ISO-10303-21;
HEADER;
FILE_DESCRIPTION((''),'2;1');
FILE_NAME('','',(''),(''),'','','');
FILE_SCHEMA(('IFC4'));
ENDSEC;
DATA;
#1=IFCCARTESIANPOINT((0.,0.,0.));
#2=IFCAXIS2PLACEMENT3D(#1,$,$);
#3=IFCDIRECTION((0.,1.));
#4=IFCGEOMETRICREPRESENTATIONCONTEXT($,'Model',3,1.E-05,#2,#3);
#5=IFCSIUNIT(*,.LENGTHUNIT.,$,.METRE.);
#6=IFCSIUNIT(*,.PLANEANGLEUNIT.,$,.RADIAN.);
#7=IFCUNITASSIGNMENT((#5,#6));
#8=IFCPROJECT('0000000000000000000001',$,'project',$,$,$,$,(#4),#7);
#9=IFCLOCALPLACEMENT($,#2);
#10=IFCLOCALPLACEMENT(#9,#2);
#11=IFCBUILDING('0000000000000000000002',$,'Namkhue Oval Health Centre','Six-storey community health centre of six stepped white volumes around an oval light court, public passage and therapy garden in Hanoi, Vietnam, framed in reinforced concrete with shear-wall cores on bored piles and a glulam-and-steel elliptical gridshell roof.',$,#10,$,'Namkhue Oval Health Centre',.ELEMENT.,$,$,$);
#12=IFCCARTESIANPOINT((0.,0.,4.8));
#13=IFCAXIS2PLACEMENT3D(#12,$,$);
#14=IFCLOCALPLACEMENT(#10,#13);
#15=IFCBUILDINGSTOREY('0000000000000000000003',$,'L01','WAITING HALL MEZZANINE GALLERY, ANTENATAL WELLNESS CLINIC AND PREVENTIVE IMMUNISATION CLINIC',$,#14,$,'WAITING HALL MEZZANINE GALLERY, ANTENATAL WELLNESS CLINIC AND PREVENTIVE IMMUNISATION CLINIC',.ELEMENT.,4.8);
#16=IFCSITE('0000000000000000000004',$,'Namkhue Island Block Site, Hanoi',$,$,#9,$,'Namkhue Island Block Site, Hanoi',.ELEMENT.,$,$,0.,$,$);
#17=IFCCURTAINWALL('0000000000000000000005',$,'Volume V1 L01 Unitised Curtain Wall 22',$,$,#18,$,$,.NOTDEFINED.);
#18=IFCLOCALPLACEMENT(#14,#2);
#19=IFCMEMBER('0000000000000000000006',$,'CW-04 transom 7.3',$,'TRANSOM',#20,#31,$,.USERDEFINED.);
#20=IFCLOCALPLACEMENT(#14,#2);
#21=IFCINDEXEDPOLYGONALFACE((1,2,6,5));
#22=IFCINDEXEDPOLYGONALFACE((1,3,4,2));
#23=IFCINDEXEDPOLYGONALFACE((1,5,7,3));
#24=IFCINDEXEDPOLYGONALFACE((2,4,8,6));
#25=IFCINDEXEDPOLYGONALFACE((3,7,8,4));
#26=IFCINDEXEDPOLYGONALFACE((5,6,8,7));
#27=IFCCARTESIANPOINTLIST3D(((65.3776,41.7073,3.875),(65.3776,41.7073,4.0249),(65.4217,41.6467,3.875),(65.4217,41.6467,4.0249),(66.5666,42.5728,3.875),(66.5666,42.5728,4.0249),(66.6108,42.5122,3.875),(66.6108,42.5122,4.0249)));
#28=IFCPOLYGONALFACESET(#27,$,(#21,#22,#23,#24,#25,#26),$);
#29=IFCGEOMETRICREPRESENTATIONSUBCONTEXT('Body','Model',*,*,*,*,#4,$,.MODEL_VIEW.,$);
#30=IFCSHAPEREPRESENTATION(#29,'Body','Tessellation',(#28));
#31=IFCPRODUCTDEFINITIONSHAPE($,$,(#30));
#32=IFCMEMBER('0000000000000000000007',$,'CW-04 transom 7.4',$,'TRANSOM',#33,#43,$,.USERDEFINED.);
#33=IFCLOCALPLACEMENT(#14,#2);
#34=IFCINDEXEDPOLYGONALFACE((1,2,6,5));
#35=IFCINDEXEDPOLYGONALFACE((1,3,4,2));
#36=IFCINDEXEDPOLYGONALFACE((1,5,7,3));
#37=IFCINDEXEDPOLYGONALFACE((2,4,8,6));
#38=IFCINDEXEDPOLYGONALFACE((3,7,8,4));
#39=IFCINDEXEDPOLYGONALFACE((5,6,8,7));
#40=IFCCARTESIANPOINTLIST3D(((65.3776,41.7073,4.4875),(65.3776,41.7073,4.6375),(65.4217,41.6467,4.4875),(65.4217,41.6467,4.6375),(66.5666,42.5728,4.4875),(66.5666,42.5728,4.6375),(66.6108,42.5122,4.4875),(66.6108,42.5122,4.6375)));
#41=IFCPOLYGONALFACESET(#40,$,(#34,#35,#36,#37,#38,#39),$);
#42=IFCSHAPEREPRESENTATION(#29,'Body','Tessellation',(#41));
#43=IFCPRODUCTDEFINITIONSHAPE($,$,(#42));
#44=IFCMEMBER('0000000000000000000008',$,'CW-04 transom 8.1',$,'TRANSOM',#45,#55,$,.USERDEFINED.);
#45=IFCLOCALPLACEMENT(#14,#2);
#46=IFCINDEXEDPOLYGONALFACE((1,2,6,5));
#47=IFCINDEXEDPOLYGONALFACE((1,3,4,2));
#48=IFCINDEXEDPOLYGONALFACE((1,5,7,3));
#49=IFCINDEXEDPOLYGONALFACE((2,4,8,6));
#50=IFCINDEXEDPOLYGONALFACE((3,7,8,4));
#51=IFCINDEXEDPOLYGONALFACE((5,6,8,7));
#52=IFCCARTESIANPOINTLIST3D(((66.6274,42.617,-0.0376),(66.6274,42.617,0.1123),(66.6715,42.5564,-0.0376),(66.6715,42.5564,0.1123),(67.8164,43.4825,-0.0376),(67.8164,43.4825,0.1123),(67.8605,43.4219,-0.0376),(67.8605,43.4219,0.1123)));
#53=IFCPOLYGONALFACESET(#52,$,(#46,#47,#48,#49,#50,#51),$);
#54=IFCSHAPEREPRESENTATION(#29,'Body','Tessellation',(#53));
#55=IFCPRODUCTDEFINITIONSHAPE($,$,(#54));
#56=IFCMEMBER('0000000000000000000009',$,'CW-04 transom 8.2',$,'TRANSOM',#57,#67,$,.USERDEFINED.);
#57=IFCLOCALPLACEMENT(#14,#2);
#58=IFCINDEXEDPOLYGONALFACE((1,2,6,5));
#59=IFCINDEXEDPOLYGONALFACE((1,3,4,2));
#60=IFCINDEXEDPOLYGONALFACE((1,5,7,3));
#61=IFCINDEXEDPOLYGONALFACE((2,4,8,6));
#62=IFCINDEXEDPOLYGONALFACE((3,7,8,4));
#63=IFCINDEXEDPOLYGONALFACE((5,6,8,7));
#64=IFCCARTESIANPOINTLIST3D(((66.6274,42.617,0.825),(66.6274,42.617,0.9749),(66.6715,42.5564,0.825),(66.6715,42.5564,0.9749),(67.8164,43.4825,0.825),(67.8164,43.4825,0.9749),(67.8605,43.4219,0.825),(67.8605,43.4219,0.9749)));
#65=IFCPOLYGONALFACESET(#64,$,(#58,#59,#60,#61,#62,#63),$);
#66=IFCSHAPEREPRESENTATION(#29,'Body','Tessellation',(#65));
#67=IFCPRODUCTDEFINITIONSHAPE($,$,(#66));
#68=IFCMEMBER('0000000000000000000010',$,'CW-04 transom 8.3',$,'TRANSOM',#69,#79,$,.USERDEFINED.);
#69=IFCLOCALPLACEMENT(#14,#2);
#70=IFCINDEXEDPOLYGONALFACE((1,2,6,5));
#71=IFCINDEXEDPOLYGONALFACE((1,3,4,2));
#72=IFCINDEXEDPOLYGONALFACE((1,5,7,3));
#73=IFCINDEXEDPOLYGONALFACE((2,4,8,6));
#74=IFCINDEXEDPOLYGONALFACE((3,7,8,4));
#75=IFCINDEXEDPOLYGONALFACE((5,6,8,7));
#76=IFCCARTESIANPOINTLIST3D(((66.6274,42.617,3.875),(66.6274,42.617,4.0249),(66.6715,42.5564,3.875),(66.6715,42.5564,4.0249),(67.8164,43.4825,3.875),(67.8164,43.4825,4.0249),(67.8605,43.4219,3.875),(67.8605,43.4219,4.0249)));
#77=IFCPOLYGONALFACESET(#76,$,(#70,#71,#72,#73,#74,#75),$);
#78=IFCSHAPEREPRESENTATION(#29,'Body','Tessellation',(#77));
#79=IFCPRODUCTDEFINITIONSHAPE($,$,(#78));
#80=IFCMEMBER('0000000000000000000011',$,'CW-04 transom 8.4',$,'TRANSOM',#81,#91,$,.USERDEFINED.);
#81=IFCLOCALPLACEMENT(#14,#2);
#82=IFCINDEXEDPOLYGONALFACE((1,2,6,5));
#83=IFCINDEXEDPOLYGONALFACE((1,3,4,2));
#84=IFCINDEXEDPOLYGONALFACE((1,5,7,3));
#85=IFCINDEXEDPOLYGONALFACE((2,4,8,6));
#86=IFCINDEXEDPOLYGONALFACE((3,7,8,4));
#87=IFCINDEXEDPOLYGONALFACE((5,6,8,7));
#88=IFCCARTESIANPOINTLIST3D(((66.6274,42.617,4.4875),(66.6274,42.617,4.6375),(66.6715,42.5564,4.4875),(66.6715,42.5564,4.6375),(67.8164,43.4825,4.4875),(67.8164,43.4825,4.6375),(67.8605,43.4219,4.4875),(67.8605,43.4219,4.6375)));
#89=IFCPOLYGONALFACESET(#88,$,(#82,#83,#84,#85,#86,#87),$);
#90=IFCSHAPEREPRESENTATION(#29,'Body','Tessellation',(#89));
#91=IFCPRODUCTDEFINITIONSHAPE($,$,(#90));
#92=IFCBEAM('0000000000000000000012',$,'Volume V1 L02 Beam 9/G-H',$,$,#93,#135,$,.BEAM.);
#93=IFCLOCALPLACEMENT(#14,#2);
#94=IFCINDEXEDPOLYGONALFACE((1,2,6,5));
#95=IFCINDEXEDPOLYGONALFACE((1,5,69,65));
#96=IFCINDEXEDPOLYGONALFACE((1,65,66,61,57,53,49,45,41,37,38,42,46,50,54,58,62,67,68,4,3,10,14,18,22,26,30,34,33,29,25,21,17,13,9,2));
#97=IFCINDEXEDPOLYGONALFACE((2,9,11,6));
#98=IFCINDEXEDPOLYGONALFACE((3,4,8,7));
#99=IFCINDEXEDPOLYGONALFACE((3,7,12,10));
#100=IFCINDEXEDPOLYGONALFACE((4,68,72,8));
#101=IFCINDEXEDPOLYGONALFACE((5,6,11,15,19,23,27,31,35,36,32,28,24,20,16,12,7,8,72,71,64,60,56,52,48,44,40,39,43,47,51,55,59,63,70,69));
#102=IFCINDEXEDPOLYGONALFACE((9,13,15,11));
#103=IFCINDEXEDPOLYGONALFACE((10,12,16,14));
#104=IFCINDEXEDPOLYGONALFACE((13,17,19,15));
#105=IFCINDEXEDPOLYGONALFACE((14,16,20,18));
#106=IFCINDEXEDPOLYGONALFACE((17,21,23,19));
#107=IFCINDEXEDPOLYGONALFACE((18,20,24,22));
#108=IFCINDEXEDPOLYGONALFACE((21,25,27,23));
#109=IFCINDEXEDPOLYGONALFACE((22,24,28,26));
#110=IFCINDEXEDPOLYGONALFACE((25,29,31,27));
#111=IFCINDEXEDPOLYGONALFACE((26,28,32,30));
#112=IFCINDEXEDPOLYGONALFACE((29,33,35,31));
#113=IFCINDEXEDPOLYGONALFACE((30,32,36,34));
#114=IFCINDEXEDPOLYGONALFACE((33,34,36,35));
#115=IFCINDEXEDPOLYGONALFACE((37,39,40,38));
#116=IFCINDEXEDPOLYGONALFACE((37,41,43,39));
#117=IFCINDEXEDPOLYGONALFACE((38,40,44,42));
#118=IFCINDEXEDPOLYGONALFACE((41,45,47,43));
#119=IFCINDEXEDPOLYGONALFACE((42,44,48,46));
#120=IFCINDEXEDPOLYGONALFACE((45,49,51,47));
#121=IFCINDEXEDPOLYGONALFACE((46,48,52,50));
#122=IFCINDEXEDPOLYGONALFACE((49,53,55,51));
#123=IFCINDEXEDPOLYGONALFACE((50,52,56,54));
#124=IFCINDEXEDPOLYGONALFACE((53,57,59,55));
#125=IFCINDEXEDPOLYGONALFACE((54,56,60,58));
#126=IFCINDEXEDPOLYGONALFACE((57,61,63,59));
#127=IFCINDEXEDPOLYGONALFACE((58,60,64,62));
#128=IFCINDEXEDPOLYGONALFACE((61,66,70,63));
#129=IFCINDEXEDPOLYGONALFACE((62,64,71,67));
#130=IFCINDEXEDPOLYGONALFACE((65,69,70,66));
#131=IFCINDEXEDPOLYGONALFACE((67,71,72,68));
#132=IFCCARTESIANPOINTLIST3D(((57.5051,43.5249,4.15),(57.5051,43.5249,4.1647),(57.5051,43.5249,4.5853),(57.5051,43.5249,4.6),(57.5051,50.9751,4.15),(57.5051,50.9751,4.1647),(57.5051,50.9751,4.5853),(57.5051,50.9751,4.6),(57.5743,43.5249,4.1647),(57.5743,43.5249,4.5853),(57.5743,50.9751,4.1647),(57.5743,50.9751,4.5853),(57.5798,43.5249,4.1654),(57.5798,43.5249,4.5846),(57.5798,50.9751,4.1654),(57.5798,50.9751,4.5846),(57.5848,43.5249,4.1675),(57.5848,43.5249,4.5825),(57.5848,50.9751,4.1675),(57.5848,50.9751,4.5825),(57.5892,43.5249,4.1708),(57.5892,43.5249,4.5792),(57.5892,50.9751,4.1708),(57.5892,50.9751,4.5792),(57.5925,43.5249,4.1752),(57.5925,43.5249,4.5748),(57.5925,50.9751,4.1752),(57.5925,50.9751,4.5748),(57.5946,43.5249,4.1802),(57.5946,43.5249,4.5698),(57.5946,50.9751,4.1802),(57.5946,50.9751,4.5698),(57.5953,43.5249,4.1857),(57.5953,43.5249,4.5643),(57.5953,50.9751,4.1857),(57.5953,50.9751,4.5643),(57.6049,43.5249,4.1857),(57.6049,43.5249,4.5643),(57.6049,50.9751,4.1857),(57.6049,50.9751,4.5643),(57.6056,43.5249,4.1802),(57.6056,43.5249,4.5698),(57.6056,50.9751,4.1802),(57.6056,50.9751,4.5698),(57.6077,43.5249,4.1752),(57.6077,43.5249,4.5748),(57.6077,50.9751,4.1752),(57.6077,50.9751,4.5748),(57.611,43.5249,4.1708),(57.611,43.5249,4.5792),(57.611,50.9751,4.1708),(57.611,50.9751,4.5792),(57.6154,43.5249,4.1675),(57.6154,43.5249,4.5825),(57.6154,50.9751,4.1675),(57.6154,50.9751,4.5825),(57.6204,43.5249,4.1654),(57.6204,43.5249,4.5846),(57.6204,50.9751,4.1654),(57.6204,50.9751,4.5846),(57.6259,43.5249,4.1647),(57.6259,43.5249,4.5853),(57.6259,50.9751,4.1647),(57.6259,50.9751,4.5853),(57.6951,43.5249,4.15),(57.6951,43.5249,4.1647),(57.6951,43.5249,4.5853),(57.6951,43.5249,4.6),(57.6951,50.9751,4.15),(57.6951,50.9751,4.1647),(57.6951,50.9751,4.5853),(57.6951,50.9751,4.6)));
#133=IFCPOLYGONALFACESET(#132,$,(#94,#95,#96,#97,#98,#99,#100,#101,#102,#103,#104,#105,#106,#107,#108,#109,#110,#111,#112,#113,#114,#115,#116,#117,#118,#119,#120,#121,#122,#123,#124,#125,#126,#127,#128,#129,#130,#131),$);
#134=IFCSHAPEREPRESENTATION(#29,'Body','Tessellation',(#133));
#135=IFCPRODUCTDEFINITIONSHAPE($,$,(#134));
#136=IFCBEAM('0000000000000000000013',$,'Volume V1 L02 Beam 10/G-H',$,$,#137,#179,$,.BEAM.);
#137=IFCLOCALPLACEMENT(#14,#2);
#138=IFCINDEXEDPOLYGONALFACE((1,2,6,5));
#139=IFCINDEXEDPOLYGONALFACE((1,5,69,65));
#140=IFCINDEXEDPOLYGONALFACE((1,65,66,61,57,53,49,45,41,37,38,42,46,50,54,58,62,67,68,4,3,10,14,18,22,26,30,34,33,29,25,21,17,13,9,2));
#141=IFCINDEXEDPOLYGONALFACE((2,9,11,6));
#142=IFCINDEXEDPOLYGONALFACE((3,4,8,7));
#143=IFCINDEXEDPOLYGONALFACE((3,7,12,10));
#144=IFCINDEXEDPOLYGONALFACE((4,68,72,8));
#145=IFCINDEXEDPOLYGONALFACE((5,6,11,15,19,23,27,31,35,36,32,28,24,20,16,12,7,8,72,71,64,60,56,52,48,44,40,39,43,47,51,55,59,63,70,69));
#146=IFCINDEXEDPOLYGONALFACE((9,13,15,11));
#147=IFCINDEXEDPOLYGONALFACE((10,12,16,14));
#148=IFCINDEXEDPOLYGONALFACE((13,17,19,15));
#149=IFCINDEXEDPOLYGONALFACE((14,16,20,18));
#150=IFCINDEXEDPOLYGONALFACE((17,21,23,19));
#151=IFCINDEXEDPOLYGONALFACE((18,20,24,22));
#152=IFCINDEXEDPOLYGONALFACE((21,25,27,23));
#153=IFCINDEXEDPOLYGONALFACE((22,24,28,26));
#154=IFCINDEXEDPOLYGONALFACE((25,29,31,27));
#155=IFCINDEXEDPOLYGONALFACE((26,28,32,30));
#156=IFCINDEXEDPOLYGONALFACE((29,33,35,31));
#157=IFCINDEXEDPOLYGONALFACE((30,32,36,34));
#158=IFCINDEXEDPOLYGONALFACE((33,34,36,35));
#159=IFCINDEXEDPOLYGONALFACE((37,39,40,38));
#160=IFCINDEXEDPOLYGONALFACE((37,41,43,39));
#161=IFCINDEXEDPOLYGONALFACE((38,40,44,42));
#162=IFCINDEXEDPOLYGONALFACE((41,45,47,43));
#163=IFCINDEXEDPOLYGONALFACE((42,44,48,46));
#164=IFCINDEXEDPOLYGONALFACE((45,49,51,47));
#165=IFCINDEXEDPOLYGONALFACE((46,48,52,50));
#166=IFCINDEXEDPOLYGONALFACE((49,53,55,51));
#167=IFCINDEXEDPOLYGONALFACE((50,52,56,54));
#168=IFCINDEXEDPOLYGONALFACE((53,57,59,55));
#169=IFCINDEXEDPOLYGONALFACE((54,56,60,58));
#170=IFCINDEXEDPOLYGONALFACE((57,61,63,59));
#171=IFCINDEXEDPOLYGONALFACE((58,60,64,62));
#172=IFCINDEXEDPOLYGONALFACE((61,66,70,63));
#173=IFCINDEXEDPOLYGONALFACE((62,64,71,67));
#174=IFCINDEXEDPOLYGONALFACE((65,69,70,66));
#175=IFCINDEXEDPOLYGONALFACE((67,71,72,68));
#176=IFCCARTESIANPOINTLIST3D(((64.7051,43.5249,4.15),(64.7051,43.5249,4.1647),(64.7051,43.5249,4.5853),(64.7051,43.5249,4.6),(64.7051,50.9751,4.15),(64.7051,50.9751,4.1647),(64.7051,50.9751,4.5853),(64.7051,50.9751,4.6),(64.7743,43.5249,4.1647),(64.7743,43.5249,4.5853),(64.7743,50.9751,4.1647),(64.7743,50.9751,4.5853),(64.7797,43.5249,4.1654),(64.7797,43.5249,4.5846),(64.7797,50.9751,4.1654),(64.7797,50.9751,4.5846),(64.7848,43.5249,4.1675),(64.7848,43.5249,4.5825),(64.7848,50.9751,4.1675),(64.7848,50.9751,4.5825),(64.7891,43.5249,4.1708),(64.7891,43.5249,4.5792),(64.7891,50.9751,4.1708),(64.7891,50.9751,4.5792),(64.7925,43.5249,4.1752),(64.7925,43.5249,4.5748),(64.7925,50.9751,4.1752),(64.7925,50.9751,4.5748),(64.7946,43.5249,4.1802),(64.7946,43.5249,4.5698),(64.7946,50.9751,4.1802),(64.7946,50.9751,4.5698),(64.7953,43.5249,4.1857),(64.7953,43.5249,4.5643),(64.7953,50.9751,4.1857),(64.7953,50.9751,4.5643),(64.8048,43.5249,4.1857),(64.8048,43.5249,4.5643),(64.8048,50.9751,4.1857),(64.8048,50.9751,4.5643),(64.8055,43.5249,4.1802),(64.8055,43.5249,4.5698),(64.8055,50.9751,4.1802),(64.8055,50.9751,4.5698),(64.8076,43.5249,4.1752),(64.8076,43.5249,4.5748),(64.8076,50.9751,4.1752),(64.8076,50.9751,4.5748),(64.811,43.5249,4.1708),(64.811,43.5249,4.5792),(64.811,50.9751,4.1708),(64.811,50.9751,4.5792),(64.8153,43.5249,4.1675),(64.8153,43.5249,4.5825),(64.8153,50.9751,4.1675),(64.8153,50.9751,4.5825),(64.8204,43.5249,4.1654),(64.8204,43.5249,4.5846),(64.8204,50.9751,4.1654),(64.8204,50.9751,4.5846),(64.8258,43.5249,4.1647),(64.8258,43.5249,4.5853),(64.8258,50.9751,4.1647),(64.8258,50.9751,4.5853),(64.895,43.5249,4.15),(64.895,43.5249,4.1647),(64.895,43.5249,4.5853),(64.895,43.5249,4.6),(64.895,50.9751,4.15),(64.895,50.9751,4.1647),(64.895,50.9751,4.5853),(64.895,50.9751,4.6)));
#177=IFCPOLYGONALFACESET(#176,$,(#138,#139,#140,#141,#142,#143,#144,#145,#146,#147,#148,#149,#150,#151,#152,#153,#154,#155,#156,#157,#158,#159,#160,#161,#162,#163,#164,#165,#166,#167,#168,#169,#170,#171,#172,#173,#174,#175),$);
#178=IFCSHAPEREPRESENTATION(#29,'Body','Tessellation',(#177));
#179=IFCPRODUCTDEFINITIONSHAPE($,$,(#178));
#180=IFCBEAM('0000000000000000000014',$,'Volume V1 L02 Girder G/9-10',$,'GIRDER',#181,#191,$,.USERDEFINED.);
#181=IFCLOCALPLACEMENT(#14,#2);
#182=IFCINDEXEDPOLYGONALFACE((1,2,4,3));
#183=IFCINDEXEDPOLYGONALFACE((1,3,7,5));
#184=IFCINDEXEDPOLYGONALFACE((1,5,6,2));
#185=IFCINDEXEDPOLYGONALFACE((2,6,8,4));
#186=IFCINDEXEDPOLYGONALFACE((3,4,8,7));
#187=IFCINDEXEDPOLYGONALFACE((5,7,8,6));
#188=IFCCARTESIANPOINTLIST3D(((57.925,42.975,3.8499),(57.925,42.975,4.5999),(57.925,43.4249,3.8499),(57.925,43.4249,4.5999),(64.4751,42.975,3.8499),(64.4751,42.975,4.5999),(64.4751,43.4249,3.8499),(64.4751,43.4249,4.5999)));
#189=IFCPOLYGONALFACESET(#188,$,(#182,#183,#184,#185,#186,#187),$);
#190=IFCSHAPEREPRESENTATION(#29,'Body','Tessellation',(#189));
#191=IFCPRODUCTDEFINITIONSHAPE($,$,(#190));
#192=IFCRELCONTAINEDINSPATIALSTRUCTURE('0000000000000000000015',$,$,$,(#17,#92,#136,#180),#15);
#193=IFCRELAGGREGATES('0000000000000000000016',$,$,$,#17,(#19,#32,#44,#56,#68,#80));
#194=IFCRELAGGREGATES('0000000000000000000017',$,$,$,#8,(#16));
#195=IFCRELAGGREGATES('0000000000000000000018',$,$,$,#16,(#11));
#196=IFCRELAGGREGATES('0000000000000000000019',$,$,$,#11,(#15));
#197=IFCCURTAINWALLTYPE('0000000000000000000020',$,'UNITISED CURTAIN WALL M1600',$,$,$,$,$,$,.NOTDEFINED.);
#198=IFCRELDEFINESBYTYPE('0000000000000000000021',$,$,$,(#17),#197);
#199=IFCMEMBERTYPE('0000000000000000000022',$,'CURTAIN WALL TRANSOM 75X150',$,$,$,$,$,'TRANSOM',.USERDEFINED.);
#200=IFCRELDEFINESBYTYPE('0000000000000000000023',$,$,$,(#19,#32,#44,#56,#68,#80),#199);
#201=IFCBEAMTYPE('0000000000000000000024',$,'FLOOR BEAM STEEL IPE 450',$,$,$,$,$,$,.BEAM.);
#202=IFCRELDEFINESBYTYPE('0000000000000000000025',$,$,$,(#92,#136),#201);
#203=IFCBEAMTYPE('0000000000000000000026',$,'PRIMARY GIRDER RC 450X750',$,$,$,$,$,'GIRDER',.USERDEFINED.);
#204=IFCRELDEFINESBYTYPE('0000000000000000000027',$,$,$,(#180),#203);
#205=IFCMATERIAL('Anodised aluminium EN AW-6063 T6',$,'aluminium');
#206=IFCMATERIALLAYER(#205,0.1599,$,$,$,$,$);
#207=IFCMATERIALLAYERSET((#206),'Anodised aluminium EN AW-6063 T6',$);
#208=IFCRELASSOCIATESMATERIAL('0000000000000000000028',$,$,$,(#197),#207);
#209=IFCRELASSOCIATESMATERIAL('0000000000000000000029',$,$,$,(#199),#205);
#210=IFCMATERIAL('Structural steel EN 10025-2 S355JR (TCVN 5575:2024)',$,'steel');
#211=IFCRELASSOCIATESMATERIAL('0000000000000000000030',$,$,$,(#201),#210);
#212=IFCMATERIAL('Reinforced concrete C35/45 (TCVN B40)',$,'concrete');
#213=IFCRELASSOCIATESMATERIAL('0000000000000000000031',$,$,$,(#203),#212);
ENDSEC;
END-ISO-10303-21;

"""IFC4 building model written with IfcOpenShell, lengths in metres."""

from ifc_helpers import new_model, si_unit, direction, frame, origin, origin_2d, place, context, subcontext, project, spatial, rectangle, i_section, extrude, material, layer, layer_set, material_profile, profile_set, type_object, element, aggregate, save


model = new_model("IFC4")

# Units and contexts
model_context = context("Model", 3, precision=1e-05, world=origin(), true_north=direction((0.0, 1.0)))
body_context = subcontext(model_context, "Body", "Model", "MODEL_VIEW")
ifc_project = project(units=[si_unit("LENGTHUNIT", "METRE"), si_unit("PLANEANGLEUNIT", "RADIAN")], contexts=[model_context])

# Site, building, storey
site_placement = place(None, origin())
site = spatial("IfcSite", under=ifc_project, at=site_placement, Name="Namkhue Island Block Site, Hanoi", LongName="Namkhue Island Block Site, Hanoi", CompositionType="ELEMENT", RefElevation=0.0)
building_placement = place(site_placement, origin())
building = spatial("IfcBuilding", under=site, at=building_placement, Name="Namkhue Oval Health Centre", Description="Six-storey community health centre of six stepped white volumes around an oval light court, public passage and therapy garden in Hanoi, Vietnam, framed in reinforced concrete with shear-wall cores on bored piles and a glulam-and-steel elliptical gridshell roof.", LongName="Namkhue Oval Health Centre", CompositionType="ELEMENT")
storey_placement = place(building_placement, frame((0.0, 0.0, 4.8)))
storey = spatial("IfcBuildingStorey", under=building, at=storey_placement, Name="L01", Description="WAITING HALL MEZZANINE GALLERY, ANTENATAL WELLNESS CLINIC AND PREVENTIVE IMMUNISATION CLINIC", LongName="WAITING HALL MEZZANINE GALLERY, ANTENATAL WELLNESS CLINIC AND PREVENTIVE IMMUNISATION CLINIC", CompositionType="ELEMENT", Elevation=4.8)

# Shared definitions
ifc_material_1 = material(Name="Reinforced concrete C35/45 (TCVN B40)", Category="concrete")

# Curtain wall, members
ifc_material_2 = material(Name="Anodised aluminium EN AW-6063 T6", Category="aluminium")
ifc_layer_1 = layer(ifc_material_2, 0.1599)
ifc_layer_set_1 = layer_set([ifc_layer_1], Name="Anodised aluminium EN AW-6063 T6")
curtain_wall_type = type_object("IfcCurtainWallType", Name="UNITISED CURTAIN WALL M1600", PredefinedType="NOTDEFINED", material=ifc_layer_set_1)
curtain_wall_placement = place(storey_placement, origin())
curtain_wall = element("IfcCurtainWall", 1, at=curtain_wall_placement, inside=storey, type_object=curtain_wall_type, Name="Volume V1 L01 Unitised Curtain Wall 22", PredefinedType="NOTDEFINED")
ifc_material_profile_1 = material_profile(ifc_material_2, rectangle(XDim=0.075, YDim=0.1499, at=origin_2d()), Name="ALU 75x150")
ifc_profile_set_1 = profile_set([ifc_material_profile_1], Name="Anodised aluminium EN AW-6063 T6")
member_type_1 = type_object("IfcMemberType", Name="CURTAIN WALL TRANSOM 75X150", ElementType="TRANSOM", PredefinedType="USERDEFINED", material=ifc_profile_set_1)
member_1_placement = place(storey_placement, frame((65.3997, 41.677, 3.95), z_axis=(0.808485, 0.588517, 0.0), x_axis=(-0.588517, 0.808485, 0.0)))
member_1 = element("IfcMember", 2, at=member_1_placement, type_object=member_type_1, Name="CW-04 transom 7.3", ObjectType="TRANSOM", PredefinedType="USERDEFINED", context=body_context, shape_type="SweptSolid", body=[
    extrude(rectangle(XDim=0.075, YDim=0.1499, at=origin_2d()), origin(), (0.0, 0.0, 1.0), 1.4707),
])
member_2_placement = place(storey_placement, frame((65.3997, 41.677, 4.5625), z_axis=(0.808485, 0.588517, 0.0), x_axis=(-0.588517, 0.808485, 0.0)))
member_2 = element("IfcMember", 3, at=member_2_placement, type_object=member_type_1, Name="CW-04 transom 7.4", ObjectType="TRANSOM", PredefinedType="USERDEFINED", context=body_context, shape_type="SweptSolid", body=[
    extrude(rectangle(XDim=0.075, YDim=0.1499, at=origin_2d()), origin(), (0.0, 0.0, 1.0), 1.4707),
])
member_3_placement = place(storey_placement, frame((66.6494, 42.5867, 0.0374), z_axis=(0.808485, 0.588517, 0.0), x_axis=(-0.588517, 0.808485, 0.0)))
member_3 = element("IfcMember", 4, at=member_3_placement, type_object=member_type_1, Name="CW-04 transom 8.1", ObjectType="TRANSOM", PredefinedType="USERDEFINED", context=body_context, shape_type="SweptSolid", body=[
    extrude(rectangle(XDim=0.075, YDim=0.1499, at=origin_2d()), origin(), (0.0, 0.0, 1.0), 1.4707),
])
member_4_placement = place(storey_placement, frame((66.6494, 42.5867, 0.8999), z_axis=(0.808485, 0.588517, 0.0), x_axis=(-0.588517, 0.808485, 0.0)))
member_4 = element("IfcMember", 5, at=member_4_placement, type_object=member_type_1, Name="CW-04 transom 8.2", ObjectType="TRANSOM", PredefinedType="USERDEFINED", context=body_context, shape_type="SweptSolid", body=[
    extrude(rectangle(XDim=0.075, YDim=0.1499, at=origin_2d()), origin(), (0.0, 0.0, 1.0), 1.4707),
])
member_5_placement = place(storey_placement, frame((66.6494, 42.5867, 3.95), z_axis=(0.808485, 0.588517, 0.0), x_axis=(-0.588517, 0.808485, 0.0)))
member_5 = element("IfcMember", 6, at=member_5_placement, type_object=member_type_1, Name="CW-04 transom 8.3", ObjectType="TRANSOM", PredefinedType="USERDEFINED", context=body_context, shape_type="SweptSolid", body=[
    extrude(rectangle(XDim=0.075, YDim=0.1499, at=origin_2d()), origin(), (0.0, 0.0, 1.0), 1.4707),
])
member_6_placement = place(storey_placement, frame((66.6494, 42.5867, 4.5625), z_axis=(0.808485, 0.588517, 0.0), x_axis=(-0.588517, 0.808485, 0.0)))
member_6 = element("IfcMember", 7, at=member_6_placement, type_object=member_type_1, Name="CW-04 transom 8.4", ObjectType="TRANSOM", PredefinedType="USERDEFINED", context=body_context, shape_type="SweptSolid", body=[
    extrude(rectangle(XDim=0.075, YDim=0.1499, at=origin_2d()), origin(), (0.0, 0.0, 1.0), 1.4707),
])

# Beams
ifc_material_3 = material(Name="Structural steel EN 10025-2 S355JR (TCVN 5575:2024)", Category="steel")
ifc_material_profile_2 = material_profile(ifc_material_3, i_section(OverallWidth=0.1899, OverallDepth=0.45, WebThickness=0.0095, FlangeThickness=0.0146, FilletRadius=0.021, at=origin_2d()), Name="IPE 450")
ifc_profile_set_2 = profile_set([ifc_material_profile_2], Name="Structural steel EN 10025-2 S355JR (TCVN 5575:2024)")
beam_type_1 = type_object("IfcBeamType", Name="FLOOR BEAM STEEL IPE 450", PredefinedType="BEAM", material=ifc_profile_set_2)
for number, where, z_axis, x_axis, name in (
    (8, (57.6001, 43.5249, 4.375), (0.0, 1.0, 0.0), (-1.0, 0.0, 0.0), "Volume V1 L02 Beam 9/G-H"),
    (9, (64.8, 43.5249, 4.375), (0.0, 1.0, 0.0), (-1.0, 0.0, 0.0), "Volume V1 L02 Beam 10/G-H"),
):
    element("IfcBeam", number, at=place(storey_placement, frame(where, z_axis=z_axis, x_axis=x_axis)), inside=storey, type_object=beam_type_1, Name=name, PredefinedType="BEAM", context=body_context, shape_type="SweptSolid", body=[
        extrude(i_section(OverallWidth=0.1899, OverallDepth=0.45, WebThickness=0.0095, FlangeThickness=0.0146, FilletRadius=0.021, at=origin_2d()), origin(), (0.0, 0.0, 1.0), 7.4502),
    ])
ifc_material_profile_3 = material_profile(ifc_material_1, rectangle(XDim=0.45, YDim=0.75, at=origin_2d()), Name="RC 450x750")
ifc_profile_set_3 = profile_set([ifc_material_profile_3], Name="Reinforced concrete C35/45 (TCVN B40)")
beam_type_2 = type_object("IfcBeamType", Name="PRIMARY GIRDER RC 450X750", ElementType="GIRDER", PredefinedType="USERDEFINED", material=ifc_profile_set_3)
for number, where, z_axis, x_axis, name in (
    (10, (57.925, 43.2, 4.2249), (1.0, 0.0, 0.0), (0.0, 1.0, 0.0), "Volume V1 L02 Girder G/9-10"),
):
    element("IfcBeam", number, at=place(storey_placement, frame(where, z_axis=z_axis, x_axis=x_axis)), inside=storey, type_object=beam_type_2, Name=name, ObjectType="GIRDER", PredefinedType="USERDEFINED", context=body_context, shape_type="SweptSolid", body=[
        extrude(rectangle(XDim=0.45, YDim=0.75, at=origin_2d()), origin(), (0.0, 0.0, 1.0), 6.55),
    ])

aggregate(curtain_wall, [member_1, member_2, member_3, member_4, member_5, member_6])

save(model, "model.ifc")
